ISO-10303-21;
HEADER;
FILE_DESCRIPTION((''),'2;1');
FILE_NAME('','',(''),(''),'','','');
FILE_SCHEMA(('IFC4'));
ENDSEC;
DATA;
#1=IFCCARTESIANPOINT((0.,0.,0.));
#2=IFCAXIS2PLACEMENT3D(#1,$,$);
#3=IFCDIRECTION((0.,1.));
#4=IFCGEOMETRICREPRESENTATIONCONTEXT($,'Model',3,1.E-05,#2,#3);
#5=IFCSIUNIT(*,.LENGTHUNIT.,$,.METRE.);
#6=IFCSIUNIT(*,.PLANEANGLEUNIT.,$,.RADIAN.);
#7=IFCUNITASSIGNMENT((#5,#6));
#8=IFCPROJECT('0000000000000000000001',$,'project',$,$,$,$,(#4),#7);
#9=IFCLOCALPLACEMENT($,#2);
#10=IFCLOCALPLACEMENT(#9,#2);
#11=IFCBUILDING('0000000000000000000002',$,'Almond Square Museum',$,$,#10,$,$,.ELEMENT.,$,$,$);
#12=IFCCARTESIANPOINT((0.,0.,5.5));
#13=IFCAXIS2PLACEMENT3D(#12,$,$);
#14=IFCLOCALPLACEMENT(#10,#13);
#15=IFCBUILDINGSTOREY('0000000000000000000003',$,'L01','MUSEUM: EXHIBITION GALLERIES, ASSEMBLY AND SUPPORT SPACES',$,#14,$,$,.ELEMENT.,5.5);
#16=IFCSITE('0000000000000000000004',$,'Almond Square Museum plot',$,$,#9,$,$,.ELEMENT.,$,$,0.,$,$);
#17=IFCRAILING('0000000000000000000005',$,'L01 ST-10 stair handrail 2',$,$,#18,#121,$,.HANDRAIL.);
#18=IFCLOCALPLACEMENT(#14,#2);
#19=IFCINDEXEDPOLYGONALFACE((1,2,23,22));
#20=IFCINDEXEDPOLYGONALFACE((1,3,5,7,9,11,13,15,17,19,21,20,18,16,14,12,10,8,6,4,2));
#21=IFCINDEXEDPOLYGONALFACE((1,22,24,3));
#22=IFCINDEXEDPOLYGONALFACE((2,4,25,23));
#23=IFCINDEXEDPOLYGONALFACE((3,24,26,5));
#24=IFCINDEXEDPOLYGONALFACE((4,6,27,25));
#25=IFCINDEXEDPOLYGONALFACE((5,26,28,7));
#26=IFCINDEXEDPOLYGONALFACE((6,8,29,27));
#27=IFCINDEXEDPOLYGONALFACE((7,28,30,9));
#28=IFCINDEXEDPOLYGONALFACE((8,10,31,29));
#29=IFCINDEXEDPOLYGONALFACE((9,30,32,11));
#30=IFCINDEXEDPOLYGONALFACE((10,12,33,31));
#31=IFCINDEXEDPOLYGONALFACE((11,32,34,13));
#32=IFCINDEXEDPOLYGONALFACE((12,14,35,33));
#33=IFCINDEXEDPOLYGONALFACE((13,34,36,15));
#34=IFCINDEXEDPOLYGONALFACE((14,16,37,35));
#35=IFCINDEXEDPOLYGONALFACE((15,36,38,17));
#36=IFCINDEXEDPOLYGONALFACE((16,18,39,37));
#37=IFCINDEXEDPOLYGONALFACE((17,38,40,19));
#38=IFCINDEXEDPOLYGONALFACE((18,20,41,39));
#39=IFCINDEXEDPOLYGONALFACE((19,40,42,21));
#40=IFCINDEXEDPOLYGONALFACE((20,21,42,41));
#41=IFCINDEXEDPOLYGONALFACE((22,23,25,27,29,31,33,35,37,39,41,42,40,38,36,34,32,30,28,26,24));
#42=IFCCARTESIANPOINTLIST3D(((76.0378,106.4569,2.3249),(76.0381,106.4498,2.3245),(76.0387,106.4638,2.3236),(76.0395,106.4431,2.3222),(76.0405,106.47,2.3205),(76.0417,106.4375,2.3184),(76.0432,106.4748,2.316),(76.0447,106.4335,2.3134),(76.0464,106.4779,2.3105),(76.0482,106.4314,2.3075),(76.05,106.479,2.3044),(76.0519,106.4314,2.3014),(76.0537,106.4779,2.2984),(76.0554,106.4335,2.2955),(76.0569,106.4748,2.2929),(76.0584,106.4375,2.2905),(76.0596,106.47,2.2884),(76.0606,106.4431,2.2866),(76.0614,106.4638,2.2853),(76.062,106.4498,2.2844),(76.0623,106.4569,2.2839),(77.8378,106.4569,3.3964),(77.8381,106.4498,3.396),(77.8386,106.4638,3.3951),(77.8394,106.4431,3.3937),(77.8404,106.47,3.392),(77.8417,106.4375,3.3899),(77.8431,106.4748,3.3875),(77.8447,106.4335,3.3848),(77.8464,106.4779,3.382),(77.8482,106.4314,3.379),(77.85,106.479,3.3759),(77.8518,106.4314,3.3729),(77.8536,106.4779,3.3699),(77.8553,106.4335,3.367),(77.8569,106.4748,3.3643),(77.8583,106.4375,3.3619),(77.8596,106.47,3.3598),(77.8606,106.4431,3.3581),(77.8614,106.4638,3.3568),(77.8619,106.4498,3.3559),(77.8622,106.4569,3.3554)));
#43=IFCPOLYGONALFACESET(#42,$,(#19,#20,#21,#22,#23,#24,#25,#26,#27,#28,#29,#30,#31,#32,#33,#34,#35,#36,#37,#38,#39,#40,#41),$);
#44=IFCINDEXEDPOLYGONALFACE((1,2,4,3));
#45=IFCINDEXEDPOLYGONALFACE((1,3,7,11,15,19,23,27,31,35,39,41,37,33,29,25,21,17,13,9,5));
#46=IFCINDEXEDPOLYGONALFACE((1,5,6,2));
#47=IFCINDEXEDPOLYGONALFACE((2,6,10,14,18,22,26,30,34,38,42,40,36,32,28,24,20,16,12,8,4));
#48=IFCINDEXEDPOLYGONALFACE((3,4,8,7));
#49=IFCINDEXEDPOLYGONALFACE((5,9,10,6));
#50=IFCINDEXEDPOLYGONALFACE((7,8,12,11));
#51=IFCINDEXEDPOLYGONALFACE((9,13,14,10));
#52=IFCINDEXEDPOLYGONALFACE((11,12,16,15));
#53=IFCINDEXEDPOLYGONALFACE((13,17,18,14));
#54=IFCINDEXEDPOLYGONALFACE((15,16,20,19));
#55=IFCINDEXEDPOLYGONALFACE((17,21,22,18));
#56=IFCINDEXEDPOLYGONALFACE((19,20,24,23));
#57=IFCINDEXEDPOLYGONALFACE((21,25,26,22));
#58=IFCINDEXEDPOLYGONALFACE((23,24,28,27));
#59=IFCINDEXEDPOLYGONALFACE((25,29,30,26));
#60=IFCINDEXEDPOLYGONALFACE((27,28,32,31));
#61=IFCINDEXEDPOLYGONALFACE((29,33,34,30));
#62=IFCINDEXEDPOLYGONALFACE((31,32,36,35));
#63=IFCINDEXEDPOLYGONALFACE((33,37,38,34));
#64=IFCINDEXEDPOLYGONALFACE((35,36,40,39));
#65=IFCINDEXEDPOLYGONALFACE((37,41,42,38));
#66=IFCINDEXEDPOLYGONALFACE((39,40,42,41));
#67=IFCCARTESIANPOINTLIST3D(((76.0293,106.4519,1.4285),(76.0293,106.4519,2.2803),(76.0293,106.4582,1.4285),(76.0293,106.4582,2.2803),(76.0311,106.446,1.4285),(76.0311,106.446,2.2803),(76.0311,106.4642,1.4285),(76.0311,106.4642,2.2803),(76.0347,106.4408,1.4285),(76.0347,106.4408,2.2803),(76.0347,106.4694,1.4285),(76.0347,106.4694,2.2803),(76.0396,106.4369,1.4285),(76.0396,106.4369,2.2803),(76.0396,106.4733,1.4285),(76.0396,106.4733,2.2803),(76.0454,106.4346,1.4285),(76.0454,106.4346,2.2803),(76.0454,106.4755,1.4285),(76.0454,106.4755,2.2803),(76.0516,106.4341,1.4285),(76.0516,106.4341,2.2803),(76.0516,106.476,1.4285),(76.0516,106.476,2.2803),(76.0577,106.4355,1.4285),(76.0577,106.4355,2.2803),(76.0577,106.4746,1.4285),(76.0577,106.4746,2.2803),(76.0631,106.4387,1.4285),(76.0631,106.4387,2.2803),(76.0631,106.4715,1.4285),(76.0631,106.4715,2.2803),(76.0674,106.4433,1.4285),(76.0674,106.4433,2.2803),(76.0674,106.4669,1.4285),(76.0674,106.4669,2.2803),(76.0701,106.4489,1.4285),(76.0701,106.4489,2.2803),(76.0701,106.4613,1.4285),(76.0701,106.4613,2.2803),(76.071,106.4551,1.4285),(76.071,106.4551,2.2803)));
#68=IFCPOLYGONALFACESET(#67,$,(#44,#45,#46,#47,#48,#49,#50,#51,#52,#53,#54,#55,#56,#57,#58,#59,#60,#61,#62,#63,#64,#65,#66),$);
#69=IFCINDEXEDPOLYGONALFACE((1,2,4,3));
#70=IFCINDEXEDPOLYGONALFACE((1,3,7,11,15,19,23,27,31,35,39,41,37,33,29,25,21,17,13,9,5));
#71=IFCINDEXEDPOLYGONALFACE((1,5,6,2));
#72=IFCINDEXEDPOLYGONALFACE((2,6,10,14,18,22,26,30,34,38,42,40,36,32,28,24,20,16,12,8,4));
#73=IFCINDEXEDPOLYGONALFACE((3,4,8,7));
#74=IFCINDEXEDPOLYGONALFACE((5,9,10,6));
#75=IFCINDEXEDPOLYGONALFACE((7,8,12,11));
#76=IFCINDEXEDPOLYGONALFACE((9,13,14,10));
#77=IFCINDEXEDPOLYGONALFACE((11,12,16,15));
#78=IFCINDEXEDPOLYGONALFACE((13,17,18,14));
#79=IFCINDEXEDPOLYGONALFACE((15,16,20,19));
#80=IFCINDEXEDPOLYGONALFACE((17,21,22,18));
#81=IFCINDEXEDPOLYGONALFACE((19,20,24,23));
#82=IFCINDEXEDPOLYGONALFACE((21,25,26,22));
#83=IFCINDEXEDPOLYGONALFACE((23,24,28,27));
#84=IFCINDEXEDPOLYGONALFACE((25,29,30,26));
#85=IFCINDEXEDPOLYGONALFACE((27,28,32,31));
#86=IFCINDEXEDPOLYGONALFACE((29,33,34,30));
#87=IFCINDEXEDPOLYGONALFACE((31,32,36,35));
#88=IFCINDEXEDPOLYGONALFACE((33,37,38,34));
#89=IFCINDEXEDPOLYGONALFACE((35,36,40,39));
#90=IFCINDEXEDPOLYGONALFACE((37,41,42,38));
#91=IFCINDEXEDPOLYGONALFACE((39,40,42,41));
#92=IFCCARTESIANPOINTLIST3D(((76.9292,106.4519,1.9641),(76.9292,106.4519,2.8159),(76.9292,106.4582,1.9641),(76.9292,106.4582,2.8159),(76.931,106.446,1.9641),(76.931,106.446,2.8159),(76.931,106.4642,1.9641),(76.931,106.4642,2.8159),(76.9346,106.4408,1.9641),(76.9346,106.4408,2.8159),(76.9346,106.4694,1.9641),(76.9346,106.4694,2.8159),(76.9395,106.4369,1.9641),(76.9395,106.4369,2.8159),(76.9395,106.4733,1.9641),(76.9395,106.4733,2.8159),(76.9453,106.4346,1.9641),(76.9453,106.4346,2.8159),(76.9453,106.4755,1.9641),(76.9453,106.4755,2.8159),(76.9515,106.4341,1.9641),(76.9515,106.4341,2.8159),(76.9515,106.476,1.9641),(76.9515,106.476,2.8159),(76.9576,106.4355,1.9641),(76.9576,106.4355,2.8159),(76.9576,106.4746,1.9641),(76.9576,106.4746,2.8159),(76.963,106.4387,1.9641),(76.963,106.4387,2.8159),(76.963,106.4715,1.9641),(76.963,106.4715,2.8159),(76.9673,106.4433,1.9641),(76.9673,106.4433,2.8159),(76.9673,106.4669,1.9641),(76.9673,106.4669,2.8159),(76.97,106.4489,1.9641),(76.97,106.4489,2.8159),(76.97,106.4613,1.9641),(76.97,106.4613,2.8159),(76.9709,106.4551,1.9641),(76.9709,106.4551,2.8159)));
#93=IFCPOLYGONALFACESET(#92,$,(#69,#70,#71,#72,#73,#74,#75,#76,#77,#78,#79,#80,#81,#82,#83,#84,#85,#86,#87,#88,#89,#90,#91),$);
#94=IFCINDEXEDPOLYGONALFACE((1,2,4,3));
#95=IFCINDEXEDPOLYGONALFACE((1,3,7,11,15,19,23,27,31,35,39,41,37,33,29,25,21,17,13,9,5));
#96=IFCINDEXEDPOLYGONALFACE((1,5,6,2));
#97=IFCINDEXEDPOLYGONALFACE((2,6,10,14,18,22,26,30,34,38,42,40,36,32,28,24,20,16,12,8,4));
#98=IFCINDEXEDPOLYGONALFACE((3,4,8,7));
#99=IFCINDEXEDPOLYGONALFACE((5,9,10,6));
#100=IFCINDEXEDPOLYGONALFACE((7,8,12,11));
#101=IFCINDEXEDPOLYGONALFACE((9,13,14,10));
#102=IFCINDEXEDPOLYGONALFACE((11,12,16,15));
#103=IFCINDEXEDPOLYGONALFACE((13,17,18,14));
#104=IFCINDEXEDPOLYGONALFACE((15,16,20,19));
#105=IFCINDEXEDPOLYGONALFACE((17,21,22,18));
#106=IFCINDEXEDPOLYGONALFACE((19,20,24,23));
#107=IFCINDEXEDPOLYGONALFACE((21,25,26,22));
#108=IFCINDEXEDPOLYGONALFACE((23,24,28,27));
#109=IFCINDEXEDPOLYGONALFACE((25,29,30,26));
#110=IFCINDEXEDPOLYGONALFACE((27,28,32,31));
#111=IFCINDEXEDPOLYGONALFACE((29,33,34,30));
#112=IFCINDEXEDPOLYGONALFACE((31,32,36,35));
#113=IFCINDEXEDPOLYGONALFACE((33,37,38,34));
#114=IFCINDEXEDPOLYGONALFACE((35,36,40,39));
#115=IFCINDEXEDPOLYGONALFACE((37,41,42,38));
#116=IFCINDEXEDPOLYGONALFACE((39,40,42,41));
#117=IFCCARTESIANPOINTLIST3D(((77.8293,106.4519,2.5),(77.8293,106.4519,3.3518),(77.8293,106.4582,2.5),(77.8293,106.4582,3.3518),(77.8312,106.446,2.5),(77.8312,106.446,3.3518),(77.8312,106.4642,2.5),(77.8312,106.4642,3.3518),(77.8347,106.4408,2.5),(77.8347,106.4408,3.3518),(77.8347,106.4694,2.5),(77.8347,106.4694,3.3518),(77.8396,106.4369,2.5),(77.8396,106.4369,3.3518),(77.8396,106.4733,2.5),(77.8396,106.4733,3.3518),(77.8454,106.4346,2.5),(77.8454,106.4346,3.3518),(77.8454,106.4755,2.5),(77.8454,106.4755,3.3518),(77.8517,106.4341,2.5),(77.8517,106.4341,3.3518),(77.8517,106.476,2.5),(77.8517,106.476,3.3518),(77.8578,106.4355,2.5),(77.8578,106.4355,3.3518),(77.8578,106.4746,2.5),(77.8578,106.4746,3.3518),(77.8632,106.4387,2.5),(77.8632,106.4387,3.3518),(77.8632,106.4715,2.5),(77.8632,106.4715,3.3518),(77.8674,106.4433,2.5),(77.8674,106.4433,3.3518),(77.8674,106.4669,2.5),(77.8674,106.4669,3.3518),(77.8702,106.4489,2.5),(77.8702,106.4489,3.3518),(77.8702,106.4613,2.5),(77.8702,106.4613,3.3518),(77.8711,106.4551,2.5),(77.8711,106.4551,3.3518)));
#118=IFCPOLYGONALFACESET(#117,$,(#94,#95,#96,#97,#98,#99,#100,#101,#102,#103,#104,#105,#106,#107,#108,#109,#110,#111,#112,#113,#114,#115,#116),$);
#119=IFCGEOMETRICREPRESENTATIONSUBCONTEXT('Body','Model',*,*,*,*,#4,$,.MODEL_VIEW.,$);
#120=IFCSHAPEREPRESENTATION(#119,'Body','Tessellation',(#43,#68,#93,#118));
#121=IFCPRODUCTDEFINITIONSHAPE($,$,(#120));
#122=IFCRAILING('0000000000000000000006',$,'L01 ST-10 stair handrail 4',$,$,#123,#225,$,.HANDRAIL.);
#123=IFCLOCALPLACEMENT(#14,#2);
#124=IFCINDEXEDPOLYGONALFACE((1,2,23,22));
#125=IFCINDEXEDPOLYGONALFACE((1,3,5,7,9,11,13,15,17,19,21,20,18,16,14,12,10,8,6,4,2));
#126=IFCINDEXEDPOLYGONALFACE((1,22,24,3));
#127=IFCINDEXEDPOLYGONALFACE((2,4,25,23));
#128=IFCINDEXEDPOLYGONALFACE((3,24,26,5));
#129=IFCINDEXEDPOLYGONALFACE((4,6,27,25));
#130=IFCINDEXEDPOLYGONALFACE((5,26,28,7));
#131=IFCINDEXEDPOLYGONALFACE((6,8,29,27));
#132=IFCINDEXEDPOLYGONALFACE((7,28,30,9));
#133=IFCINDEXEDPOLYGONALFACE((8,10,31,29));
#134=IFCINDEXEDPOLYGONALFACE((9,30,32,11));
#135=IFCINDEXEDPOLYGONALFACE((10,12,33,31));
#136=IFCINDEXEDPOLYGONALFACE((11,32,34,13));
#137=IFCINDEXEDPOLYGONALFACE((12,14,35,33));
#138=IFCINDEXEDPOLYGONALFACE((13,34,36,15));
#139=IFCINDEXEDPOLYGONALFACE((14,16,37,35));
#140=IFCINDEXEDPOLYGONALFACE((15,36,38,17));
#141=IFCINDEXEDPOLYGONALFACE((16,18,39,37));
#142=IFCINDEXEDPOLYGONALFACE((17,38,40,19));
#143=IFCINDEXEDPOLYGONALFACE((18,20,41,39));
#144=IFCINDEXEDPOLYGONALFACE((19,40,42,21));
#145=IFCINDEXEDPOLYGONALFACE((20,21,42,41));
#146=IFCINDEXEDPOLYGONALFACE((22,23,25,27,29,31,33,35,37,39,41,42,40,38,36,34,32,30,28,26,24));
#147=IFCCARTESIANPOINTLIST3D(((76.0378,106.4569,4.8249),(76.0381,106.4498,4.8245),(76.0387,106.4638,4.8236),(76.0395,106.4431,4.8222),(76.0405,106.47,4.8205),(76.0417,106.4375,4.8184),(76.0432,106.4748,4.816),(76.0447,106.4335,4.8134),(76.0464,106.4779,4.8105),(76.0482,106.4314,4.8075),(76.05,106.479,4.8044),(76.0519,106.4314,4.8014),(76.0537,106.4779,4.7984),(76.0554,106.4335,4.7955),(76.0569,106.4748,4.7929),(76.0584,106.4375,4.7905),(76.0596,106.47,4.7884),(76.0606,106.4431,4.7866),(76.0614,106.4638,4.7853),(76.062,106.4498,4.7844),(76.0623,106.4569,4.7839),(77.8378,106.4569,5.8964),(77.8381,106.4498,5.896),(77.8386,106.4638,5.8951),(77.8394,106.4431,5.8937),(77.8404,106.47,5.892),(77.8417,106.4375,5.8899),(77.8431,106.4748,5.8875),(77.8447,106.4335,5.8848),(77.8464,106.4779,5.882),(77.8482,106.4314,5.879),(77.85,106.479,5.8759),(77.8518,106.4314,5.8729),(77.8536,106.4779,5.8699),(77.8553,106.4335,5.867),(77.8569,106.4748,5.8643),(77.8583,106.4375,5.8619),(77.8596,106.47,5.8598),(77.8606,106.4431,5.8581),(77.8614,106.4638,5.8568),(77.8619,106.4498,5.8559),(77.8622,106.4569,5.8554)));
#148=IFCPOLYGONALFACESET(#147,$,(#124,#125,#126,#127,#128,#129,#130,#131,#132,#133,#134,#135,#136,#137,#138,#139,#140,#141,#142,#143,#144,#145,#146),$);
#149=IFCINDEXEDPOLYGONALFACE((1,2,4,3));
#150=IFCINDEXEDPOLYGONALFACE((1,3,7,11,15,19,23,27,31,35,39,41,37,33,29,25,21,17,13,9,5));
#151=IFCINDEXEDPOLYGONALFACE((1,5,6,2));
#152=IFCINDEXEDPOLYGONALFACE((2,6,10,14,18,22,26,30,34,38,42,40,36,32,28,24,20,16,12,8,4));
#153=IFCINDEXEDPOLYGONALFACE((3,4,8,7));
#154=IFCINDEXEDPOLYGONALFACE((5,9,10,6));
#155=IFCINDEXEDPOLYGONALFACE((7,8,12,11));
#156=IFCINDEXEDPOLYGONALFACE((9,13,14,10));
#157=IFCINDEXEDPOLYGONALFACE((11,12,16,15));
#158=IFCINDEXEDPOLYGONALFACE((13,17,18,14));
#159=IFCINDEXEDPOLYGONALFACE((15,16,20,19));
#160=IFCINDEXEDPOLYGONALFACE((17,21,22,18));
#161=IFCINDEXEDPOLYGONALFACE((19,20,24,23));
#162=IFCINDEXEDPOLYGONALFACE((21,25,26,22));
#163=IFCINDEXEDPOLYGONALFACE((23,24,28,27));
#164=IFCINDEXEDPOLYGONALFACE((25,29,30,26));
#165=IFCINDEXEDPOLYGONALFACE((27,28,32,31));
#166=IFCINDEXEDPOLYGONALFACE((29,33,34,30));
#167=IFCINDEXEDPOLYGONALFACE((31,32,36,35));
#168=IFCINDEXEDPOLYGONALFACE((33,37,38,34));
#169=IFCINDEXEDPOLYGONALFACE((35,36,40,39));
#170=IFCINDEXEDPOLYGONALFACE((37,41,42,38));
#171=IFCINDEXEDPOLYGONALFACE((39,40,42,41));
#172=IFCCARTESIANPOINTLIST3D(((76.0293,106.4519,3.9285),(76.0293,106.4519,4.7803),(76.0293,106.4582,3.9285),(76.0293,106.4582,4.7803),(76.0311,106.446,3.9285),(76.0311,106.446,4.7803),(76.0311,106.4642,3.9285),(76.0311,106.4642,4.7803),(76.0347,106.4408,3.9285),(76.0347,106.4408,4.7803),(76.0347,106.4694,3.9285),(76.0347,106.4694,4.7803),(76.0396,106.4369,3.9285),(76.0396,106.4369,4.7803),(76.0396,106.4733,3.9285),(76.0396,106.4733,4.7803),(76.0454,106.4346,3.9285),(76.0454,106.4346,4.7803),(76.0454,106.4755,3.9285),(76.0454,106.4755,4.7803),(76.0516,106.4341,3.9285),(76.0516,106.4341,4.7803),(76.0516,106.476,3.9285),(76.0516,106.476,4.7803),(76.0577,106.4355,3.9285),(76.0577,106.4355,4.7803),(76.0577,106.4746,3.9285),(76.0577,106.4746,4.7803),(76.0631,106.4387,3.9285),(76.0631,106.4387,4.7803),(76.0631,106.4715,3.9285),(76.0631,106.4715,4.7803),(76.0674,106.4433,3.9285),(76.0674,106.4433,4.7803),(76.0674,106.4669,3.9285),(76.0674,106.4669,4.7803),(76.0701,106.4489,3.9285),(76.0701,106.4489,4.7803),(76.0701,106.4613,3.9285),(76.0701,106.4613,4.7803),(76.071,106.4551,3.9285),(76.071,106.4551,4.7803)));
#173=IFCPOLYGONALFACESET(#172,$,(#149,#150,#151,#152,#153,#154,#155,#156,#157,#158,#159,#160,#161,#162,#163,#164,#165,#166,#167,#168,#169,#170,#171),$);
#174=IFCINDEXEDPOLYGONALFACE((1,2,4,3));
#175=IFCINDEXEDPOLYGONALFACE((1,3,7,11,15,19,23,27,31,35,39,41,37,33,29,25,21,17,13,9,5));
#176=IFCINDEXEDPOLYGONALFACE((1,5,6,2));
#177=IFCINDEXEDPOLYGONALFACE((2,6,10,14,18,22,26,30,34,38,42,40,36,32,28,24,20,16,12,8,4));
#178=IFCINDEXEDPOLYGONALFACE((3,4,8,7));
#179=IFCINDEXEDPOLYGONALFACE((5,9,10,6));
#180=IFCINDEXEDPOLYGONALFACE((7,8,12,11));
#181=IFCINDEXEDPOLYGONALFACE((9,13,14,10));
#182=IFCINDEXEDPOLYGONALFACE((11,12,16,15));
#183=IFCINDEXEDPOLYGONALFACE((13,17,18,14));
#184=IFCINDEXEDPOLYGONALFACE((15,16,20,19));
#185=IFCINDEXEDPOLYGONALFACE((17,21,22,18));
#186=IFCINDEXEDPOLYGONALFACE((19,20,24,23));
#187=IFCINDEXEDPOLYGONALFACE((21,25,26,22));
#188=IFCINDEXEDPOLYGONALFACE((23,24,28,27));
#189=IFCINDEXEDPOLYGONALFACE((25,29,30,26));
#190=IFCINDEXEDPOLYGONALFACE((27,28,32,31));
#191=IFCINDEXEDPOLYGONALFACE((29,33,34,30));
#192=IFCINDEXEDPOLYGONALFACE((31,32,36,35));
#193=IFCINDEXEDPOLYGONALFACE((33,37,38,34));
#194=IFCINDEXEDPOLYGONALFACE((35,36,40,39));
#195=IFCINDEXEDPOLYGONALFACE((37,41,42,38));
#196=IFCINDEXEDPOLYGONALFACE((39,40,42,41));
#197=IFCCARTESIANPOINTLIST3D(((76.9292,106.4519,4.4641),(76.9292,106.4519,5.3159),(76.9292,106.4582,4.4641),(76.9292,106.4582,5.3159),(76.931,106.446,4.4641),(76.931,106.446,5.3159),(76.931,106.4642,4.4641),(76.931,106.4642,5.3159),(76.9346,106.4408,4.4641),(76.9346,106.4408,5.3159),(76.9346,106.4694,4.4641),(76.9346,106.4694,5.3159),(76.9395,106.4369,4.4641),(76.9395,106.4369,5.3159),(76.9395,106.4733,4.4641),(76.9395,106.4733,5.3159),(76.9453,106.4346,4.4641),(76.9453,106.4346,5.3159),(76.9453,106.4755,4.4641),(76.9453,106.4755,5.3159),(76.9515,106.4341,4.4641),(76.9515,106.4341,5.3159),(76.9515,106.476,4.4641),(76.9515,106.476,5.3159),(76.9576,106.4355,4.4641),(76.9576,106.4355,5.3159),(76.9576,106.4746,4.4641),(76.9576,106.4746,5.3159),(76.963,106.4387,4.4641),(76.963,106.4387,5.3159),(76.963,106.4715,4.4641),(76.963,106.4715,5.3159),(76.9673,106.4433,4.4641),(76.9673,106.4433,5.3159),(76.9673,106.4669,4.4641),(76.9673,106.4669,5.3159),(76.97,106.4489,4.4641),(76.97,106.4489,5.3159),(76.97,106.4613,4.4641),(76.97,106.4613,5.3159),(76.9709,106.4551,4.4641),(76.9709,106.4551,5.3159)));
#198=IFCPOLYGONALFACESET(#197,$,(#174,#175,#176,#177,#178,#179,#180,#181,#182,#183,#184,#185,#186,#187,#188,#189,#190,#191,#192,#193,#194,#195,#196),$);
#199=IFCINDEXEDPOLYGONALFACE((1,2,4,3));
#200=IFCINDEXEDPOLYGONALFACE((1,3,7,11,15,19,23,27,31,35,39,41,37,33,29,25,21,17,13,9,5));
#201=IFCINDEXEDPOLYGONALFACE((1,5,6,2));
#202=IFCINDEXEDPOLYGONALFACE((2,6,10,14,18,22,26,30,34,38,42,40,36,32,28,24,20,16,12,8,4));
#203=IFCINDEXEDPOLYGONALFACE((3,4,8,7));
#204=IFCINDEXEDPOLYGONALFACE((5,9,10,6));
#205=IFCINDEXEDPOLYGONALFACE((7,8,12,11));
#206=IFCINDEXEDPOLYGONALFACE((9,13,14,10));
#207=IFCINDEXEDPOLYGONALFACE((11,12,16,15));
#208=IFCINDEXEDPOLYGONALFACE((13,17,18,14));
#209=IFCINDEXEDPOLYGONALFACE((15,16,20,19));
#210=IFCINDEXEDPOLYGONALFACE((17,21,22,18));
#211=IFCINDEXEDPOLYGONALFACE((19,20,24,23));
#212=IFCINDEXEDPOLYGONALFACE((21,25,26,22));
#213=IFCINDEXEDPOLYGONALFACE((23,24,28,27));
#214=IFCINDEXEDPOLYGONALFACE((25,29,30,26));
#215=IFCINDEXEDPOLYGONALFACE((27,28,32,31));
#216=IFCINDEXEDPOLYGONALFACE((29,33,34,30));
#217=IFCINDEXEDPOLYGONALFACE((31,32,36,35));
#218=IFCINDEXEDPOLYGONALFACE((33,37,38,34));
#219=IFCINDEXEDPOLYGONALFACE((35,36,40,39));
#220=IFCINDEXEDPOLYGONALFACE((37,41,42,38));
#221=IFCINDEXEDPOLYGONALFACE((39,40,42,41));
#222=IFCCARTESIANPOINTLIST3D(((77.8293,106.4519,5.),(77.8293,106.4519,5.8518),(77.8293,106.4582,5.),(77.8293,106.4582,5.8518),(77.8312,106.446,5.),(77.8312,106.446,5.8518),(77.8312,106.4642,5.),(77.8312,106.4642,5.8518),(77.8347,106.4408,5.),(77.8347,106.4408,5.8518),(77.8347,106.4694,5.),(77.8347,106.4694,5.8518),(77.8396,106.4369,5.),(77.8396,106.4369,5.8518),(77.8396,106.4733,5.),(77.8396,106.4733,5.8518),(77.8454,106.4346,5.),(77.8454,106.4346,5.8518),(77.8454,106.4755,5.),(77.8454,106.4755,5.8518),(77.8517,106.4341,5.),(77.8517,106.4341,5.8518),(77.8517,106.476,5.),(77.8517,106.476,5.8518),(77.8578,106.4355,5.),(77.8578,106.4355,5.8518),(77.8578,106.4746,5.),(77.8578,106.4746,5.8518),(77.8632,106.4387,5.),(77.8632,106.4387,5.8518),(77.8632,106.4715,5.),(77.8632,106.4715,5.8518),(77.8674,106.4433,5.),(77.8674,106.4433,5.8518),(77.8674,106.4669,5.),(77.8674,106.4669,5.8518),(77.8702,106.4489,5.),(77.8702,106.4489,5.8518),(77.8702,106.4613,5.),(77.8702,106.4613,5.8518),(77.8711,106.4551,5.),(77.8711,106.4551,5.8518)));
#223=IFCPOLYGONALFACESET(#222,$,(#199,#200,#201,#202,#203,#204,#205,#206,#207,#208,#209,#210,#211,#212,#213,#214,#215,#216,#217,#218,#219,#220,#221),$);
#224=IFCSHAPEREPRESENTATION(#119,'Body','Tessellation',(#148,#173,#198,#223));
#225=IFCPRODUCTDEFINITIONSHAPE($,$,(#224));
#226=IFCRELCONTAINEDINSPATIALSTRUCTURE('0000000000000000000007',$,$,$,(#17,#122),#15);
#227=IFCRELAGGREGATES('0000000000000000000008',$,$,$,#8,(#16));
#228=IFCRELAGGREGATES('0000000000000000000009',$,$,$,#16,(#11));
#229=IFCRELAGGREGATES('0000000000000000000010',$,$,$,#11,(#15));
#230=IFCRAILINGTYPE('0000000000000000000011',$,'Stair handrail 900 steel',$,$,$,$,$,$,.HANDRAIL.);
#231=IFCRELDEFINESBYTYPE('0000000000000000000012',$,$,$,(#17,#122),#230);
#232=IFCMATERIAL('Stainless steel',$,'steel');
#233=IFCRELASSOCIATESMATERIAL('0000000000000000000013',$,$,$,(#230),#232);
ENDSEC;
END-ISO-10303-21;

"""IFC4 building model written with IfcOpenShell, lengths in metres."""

from ifc_helpers import new_model, si_unit, direction, frame, origin, origin_2d, place, context, subcontext, project, spatial, circle, extrude, material, type_object, element, save


model = new_model("IFC4")

# Units and contexts
model_context = context("Model", 3, precision=1e-05, world=origin(), true_north=direction((0.0, 1.0)))
body_context = subcontext(model_context, "Body", "Model", "MODEL_VIEW")
ifc_project = project(units=[si_unit("LENGTHUNIT", "METRE"), si_unit("PLANEANGLEUNIT", "RADIAN")], contexts=[model_context])

# Site, building, storey
site_placement = place(None, origin())
site = spatial("IfcSite", under=ifc_project, at=site_placement, Name="Almond Square Museum plot", CompositionType="ELEMENT", RefElevation=0.0)
building_placement = place(site_placement, origin())
building = spatial("IfcBuilding", under=site, at=building_placement, Name="Almond Square Museum", CompositionType="ELEMENT")
storey_placement = place(building_placement, frame((0.0, 0.0, 5.5)))
storey = spatial("IfcBuildingStorey", under=building, at=storey_placement, Name="L01", Description="MUSEUM: EXHIBITION GALLERIES, ASSEMBLY AND SUPPORT SPACES", CompositionType="ELEMENT", Elevation=5.5)

# Railings
ifc_material_1 = material(Name="Stainless steel", Category="steel")
railing_type_1 = type_object("IfcRailingType", Name="Stair handrail 900 steel", PredefinedType="HANDRAIL", material=ifc_material_1)
for number, where, name in (
    (1, (76.05, 106.4551, 1.4285), "L01 ST-10 stair handrail 2"),
    (2, (76.05, 106.4551, 3.9285), "L01 ST-10 stair handrail 4"),
):
    element("IfcRailing", number, at=place(storey_placement, frame(where)), inside=storey, type_object=railing_type_1, Name=name, PredefinedType="HANDRAIL", context=body_context, shape_type="SweptSolid", body=[
        extrude(circle(Radius=0.0239, at=origin_2d()), frame((0.0, 0.0, 0.876), z_axis=(0.859277, 0.0, 0.51151), x_axis=(0.0, 1.0, 0.0)), (0.0, 0.0, 1.0), 2.0947),
        extrude(circle(Radius=0.021, at=origin_2d()), origin(), (0.0, 0.0, 1.0), 0.8518),
        extrude(circle(Radius=0.021, at=origin_2d()), frame((0.8999, 0.0, 0.5356)), (0.0, 0.0, 1.0), 0.8518),
        extrude(circle(Radius=0.021, at=origin_2d()), frame((1.8, 0.0, 1.0715)), (0.0, 0.0, 1.0), 0.8518),
    ])

save(model, "model.ifc")
